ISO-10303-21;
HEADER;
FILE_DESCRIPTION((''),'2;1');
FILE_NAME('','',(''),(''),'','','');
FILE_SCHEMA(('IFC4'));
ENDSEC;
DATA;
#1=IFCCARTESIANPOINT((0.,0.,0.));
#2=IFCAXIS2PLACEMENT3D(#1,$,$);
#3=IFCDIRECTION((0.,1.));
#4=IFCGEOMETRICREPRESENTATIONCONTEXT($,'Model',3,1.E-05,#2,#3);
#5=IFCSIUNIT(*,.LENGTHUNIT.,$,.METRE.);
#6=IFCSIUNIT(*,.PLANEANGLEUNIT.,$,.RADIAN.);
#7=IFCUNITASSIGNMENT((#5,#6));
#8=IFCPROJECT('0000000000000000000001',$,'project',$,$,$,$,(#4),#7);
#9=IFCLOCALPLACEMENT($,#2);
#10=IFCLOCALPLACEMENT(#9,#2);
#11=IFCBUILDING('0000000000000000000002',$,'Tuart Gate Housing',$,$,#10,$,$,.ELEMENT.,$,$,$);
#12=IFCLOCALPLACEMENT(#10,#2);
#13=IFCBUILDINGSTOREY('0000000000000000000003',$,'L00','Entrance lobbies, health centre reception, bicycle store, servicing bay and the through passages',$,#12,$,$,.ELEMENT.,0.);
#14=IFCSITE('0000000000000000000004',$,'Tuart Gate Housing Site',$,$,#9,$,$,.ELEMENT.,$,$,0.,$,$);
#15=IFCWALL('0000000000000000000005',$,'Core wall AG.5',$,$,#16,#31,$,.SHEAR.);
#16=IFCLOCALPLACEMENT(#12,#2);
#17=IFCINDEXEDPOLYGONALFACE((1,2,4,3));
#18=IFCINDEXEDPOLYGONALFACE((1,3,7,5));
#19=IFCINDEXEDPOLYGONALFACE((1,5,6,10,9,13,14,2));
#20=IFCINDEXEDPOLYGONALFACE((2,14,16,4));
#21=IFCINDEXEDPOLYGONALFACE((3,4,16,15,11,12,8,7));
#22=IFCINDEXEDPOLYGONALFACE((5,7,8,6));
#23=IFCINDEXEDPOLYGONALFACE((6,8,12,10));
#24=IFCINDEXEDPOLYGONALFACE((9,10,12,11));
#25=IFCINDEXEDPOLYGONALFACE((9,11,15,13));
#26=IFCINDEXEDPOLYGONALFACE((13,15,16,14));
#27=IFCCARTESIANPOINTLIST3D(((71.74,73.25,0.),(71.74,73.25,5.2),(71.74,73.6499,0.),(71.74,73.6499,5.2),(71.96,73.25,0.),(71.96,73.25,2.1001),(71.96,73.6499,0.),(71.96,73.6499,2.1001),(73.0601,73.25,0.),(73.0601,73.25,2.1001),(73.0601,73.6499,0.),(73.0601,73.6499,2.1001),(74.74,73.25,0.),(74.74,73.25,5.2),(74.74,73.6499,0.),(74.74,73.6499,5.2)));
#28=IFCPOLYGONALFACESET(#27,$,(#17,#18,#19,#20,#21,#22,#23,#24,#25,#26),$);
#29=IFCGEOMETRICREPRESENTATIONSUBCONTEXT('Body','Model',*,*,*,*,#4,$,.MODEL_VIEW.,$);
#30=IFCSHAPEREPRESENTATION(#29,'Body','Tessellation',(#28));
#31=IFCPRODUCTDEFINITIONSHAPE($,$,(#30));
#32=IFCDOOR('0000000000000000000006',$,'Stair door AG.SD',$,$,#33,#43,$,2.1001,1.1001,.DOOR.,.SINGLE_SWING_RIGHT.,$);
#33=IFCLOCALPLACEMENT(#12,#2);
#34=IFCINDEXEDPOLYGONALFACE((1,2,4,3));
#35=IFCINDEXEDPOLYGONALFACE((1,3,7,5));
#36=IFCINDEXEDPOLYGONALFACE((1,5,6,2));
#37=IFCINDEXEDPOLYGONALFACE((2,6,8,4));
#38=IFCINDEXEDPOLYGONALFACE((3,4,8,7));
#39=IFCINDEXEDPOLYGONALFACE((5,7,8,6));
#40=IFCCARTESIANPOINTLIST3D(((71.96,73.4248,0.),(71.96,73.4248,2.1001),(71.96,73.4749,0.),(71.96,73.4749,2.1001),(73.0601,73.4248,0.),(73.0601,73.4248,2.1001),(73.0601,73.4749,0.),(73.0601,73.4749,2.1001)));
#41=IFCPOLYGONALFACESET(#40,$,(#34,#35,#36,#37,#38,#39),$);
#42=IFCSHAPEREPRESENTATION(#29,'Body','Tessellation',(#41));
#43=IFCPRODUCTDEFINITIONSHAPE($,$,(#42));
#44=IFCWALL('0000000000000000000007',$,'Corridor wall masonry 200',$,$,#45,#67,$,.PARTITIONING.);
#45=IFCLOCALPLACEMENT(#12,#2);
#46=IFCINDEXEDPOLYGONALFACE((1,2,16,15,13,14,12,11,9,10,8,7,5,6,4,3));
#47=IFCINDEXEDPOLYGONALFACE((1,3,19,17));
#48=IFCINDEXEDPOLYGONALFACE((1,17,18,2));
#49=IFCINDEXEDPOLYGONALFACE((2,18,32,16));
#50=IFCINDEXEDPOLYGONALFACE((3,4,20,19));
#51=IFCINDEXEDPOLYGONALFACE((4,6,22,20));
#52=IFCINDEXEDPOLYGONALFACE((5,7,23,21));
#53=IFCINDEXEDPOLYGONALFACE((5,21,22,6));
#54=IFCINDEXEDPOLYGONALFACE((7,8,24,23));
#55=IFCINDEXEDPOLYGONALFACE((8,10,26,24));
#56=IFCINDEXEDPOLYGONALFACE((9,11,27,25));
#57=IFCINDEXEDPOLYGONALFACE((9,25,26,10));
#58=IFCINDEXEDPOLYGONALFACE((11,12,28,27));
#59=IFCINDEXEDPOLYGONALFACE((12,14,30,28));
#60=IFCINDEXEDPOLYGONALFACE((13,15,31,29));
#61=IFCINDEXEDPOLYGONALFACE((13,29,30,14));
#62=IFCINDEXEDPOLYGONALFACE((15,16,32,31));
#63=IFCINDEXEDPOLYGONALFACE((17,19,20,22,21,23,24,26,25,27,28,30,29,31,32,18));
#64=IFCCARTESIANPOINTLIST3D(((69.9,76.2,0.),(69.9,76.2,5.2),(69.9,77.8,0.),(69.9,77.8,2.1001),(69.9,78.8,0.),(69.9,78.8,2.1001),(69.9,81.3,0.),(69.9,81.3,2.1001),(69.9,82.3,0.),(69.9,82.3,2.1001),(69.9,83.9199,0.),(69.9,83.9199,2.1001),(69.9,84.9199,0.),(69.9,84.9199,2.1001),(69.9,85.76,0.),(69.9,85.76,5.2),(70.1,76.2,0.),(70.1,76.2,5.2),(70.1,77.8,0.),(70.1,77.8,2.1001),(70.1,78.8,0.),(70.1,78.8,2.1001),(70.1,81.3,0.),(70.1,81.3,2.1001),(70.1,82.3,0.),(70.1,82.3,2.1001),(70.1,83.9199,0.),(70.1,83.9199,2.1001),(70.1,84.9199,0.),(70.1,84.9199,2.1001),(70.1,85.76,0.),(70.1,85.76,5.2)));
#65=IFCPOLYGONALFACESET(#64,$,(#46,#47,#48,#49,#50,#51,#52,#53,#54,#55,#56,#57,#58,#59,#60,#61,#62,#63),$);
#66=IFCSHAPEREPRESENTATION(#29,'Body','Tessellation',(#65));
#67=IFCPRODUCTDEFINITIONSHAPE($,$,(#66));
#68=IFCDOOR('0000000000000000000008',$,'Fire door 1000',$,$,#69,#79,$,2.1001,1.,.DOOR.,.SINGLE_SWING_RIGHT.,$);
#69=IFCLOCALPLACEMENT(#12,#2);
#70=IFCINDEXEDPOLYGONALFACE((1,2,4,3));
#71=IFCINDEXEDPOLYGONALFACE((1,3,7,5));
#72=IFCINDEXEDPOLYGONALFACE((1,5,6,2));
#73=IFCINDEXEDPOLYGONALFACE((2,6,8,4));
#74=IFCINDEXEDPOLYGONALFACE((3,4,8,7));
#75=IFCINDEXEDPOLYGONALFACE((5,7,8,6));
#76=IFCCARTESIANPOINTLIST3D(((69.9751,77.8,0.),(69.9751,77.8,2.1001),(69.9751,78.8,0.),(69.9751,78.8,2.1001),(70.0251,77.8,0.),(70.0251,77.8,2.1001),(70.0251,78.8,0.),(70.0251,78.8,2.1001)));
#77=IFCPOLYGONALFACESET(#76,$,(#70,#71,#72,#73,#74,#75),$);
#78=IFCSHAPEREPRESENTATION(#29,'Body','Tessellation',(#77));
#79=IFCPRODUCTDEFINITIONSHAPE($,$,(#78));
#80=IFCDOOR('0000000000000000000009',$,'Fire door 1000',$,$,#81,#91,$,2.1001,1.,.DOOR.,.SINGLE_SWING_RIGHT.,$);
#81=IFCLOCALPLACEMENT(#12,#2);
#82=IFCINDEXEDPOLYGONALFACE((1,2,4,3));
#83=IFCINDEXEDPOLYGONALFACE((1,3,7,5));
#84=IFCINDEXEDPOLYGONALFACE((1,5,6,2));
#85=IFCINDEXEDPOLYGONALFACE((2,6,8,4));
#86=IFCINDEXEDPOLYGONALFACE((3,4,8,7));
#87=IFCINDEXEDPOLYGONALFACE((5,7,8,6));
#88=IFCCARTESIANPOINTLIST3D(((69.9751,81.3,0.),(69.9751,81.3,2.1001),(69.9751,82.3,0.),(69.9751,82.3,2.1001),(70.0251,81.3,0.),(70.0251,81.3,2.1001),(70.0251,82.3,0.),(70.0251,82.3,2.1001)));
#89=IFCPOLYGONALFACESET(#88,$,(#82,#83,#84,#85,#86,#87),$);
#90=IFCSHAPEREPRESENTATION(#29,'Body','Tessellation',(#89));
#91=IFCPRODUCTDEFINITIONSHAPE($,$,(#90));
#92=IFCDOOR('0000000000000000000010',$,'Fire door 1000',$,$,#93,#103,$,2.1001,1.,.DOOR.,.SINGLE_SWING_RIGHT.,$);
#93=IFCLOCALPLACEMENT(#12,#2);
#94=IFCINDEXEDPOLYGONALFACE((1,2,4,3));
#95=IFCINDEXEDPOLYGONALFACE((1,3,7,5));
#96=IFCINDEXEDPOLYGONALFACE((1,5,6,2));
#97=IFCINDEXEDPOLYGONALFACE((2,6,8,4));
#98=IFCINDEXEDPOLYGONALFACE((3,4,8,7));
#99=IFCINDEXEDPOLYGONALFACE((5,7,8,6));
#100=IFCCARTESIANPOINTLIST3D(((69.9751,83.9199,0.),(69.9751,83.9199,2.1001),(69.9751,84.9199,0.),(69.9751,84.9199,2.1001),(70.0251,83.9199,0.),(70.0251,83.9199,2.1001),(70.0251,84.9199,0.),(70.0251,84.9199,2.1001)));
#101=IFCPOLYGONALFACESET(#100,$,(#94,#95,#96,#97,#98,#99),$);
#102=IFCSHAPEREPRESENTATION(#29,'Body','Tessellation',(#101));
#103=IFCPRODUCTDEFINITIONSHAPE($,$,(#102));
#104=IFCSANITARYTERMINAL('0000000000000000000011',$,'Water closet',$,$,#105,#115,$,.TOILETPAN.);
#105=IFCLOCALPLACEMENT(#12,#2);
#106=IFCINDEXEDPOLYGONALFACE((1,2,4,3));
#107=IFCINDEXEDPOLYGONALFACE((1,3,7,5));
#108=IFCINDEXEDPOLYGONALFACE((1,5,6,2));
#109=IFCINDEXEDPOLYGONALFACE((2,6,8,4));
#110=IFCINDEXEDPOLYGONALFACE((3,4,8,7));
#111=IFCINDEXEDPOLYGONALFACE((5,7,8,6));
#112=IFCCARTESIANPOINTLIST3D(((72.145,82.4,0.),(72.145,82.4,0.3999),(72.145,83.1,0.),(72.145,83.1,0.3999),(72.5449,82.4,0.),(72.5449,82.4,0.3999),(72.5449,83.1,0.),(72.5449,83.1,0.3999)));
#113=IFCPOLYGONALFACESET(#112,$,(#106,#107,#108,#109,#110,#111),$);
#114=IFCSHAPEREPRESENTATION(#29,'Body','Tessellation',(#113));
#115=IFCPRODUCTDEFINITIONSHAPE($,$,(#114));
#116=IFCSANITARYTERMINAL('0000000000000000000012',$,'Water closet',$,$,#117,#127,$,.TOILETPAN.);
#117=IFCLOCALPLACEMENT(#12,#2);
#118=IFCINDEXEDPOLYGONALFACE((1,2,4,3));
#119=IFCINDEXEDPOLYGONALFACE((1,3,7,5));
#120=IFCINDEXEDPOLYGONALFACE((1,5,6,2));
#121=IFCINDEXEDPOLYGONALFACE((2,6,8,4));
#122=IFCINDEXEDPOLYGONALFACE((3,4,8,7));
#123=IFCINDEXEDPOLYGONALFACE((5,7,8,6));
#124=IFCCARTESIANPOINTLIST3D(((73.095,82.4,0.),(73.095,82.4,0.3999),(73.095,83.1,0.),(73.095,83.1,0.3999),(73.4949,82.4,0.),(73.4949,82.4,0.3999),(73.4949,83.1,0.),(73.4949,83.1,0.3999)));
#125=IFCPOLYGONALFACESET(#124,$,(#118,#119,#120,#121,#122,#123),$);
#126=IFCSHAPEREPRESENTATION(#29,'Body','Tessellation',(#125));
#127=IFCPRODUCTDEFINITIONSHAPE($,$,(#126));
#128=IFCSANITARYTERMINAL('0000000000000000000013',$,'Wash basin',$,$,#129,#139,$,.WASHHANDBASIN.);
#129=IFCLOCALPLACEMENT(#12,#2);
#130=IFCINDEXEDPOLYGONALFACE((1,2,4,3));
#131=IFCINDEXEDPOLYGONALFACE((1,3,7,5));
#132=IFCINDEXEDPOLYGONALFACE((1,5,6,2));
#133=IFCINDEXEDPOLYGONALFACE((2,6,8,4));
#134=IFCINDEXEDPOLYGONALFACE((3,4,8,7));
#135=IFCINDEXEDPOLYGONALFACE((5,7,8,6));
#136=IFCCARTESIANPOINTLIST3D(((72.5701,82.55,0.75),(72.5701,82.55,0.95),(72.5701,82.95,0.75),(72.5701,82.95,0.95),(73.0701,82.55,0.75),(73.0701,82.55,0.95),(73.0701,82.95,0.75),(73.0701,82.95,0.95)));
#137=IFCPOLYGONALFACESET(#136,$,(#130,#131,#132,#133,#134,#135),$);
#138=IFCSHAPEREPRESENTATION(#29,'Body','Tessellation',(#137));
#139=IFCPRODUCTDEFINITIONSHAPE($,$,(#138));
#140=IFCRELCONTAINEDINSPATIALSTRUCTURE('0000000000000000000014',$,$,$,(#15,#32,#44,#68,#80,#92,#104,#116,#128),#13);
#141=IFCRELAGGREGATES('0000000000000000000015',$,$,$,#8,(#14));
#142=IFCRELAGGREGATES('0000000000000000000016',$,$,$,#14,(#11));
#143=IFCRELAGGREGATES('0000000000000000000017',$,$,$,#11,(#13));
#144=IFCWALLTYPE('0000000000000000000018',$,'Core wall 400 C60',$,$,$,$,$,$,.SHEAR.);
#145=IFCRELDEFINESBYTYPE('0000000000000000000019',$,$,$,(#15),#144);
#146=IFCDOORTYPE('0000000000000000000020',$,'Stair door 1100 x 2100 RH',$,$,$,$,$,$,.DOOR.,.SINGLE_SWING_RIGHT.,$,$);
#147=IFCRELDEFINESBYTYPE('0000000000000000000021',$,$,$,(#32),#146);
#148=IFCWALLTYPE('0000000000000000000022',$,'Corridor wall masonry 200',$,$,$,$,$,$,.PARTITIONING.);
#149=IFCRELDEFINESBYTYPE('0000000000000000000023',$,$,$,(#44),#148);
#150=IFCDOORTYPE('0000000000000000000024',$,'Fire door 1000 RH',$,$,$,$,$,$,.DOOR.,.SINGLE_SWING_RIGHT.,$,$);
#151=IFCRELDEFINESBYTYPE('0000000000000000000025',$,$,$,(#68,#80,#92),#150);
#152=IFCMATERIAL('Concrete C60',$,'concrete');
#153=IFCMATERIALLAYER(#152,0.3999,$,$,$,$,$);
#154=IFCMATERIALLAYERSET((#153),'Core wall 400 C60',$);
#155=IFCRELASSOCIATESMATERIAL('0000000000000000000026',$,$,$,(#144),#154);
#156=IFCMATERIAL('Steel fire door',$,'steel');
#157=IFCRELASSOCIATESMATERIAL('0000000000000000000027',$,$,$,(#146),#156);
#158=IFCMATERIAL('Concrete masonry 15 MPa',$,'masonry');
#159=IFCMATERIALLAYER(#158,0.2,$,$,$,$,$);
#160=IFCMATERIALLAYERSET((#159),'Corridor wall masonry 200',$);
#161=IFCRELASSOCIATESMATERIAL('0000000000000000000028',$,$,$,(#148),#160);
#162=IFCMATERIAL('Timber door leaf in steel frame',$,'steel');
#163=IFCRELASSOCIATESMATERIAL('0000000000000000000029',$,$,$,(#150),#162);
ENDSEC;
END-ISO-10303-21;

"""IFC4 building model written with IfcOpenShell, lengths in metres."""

from ifc_helpers import new_model, si_unit, direction, frame, frame_2d, origin, origin_2d, place, context, subcontext, project, spatial, rectangle, extrude, material, layer, layer_set, type_object, element, fill, save


model = new_model("IFC4")

# Units and contexts
model_context = context("Model", 3, precision=1e-05, world=origin(), true_north=direction((0.0, 1.0)))
body_context = subcontext(model_context, "Body", "Model", "MODEL_VIEW")
ifc_project = project(units=[si_unit("LENGTHUNIT", "METRE"), si_unit("PLANEANGLEUNIT", "RADIAN")], contexts=[model_context])

# Site, building, storey
site_placement = place(None, origin())
site = spatial("IfcSite", under=ifc_project, at=site_placement, Name="Tuart Gate Housing Site", CompositionType="ELEMENT", RefElevation=0.0)
building_placement = place(site_placement, origin())
building = spatial("IfcBuilding", under=site, at=building_placement, Name="Tuart Gate Housing", CompositionType="ELEMENT")
storey_placement = place(building_placement, origin())
storey = spatial("IfcBuildingStorey", under=building, at=storey_placement, Name="L00", Description="Entrance lobbies, health centre reception, bicycle store, servicing bay and the through passages", CompositionType="ELEMENT", Elevation=0.0)

# Wall, opening, door
ifc_material_1 = material(Name="Concrete C60", Category="concrete")
ifc_layer_1 = layer(ifc_material_1, 0.3999)
ifc_layer_set_1 = layer_set([ifc_layer_1], Name="Core wall 400 C60")
wall_type_1 = type_object("IfcWallType", Name="Core wall 400 C60", PredefinedType="SHEAR", material=ifc_layer_set_1)
wall_1_placement = place(storey_placement, frame((71.74, 73.45, 0.0), z_axis=(0.0, 0.0, 1.0), x_axis=(1.0, 0.0, 0.0)))
wall_1 = element("IfcWall", 1, at=wall_1_placement, inside=storey, type_object=wall_type_1, Name="Core wall AG.5", PredefinedType="SHEAR", context=body_context, shape_type="SweptSolid", body=[
    extrude(rectangle(XDim=3.0, YDim=0.3999, at=frame_2d((1.5, 0.0))), origin(), (0.0, 0.0, 1.0), 5.2),
])
opening_1_placement = place(wall_1_placement, frame((0.22, 0.0, 0.0)))
opening_1 = element("IfcOpeningElement", 2, at=opening_1_placement, cuts=wall_1, PredefinedType="OPENING", context=body_context, shape_type="SweptSolid", body=[
    extrude(rectangle(XDim=1.1001, YDim=2.1001, at=frame_2d((0.55, 1.05))), frame((0.0, 0.21, 0.0), z_axis=(0.0, -1.0, 0.0), x_axis=(1.0, 0.0, 0.0)), (0.0, 0.0, 1.0), 0.4199),
])
ifc_material_2 = material(Name="Steel fire door", Category="steel")
door_type_1 = type_object("IfcDoorType", Name="Stair door 1100 x 2100 RH", OperationType="SINGLE_SWING_RIGHT", PredefinedType="DOOR", material=ifc_material_2)
door_1_placement = place(opening_1_placement, frame((1.1001, 0.0, 0.0), z_axis=(0.0, 0.0, 1.0), x_axis=(-1.0, 0.0, 0.0)))
door_1 = element("IfcDoor", 3, at=door_1_placement, inside=storey, type_object=door_type_1, Name="Stair door AG.SD", OperationType="SINGLE_SWING_RIGHT", OverallHeight=2.1001, OverallWidth=1.1001, PredefinedType="DOOR", context=body_context, shape_type="SweptSolid", body=[
    extrude(rectangle(XDim=1.1001, YDim=2.1001, at=frame_2d((0.55, 1.05))), frame((0.0, 0.0251, 0.0), z_axis=(0.0, -1.0, 0.0), x_axis=(1.0, 0.0, 0.0)), (0.0, 0.0, 1.0), 0.05),
])
fill(opening_1, door_1)

# Wall, openings, doors
ifc_material_3 = material(Name="Concrete masonry 15 MPa", Category="masonry")
ifc_layer_2 = layer(ifc_material_3, 0.2)
ifc_layer_set_2 = layer_set([ifc_layer_2], Name="Corridor wall masonry 200")
wall_type_2 = type_object("IfcWallType", Name="Corridor wall masonry 200", PredefinedType="PARTITIONING", material=ifc_layer_set_2)
wall_2_placement = place(storey_placement, frame((70.0, 76.2, 0.0), z_axis=(0.0, 0.0, 1.0), x_axis=(0.0, 1.0, 0.0)))
wall_2 = element("IfcWall", 4, at=wall_2_placement, inside=storey, type_object=wall_type_2, Name="Corridor wall masonry 200", PredefinedType="PARTITIONING", context=body_context, shape_type="SweptSolid", body=[
    extrude(rectangle(XDim=9.5601, YDim=0.2, at=frame_2d((4.78, 0.0))), origin(), (0.0, 0.0, 1.0), 5.2),
])
opening_2_placement = place(wall_2_placement, frame((1.6001, 0.0, 0.0)))
opening_2 = element("IfcOpeningElement", 5, at=opening_2_placement, cuts=wall_2, PredefinedType="OPENING", context=body_context, shape_type="SweptSolid", body=[
    extrude(rectangle(XDim=1.0, YDim=2.1001, at=frame_2d((0.5, 1.05))), frame((0.0, 0.1099, 0.0), z_axis=(0.0, -1.0, 0.0), x_axis=(1.0, 0.0, 0.0)), (0.0, 0.0, 1.0), 0.22),
])
opening_3_placement = place(wall_2_placement, frame((5.1001, 0.0, 0.0)))
opening_3 = element("IfcOpeningElement", 6, at=opening_3_placement, cuts=wall_2, PredefinedType="OPENING", context=body_context, shape_type="SweptSolid", body=[
    extrude(rectangle(XDim=1.0, YDim=2.1001, at=frame_2d((0.5, 1.05))), frame((0.0, 0.1099, 0.0), z_axis=(0.0, -1.0, 0.0), x_axis=(1.0, 0.0, 0.0)), (0.0, 0.0, 1.0), 0.22),
])
opening_4_placement = place(wall_2_placement, frame((7.72, 0.0, 0.0)))
opening_4 = element("IfcOpeningElement", 7, at=opening_4_placement, cuts=wall_2, PredefinedType="OPENING", context=body_context, shape_type="SweptSolid", body=[
    extrude(rectangle(XDim=1.0, YDim=2.1001, at=frame_2d((0.5, 1.05))), frame((0.0, 0.1099, 0.0), z_axis=(0.0, -1.0, 0.0), x_axis=(1.0, 0.0, 0.0)), (0.0, 0.0, 1.0), 0.22),
])
ifc_material_4 = material(Name="Timber door leaf in steel frame", Category="steel")
door_type_2 = type_object("IfcDoorType", Name="Fire door 1000 RH", OperationType="SINGLE_SWING_RIGHT", PredefinedType="DOOR", material=ifc_material_4)
door_2_placement = place(opening_2_placement, frame((1.0, 0.0, 0.0), z_axis=(0.0, 0.0, 1.0), x_axis=(-1.0, 0.0, 0.0)))
door_2 = element("IfcDoor", 8, at=door_2_placement, inside=storey, type_object=door_type_2, Name="Fire door 1000", OperationType="SINGLE_SWING_RIGHT", OverallHeight=2.1001, OverallWidth=1.0, PredefinedType="DOOR", context=body_context, shape_type="SweptSolid", body=[
    extrude(rectangle(XDim=1.0, YDim=2.1001, at=frame_2d((0.5, 1.05))), frame((0.0, 0.0251, 0.0), z_axis=(0.0, -1.0, 0.0), x_axis=(1.0, 0.0, 0.0)), (0.0, 0.0, 1.0), 0.05),
])
fill(opening_2, door_2)
door_3_placement = place(opening_3_placement, frame((1.0, 0.0, 0.0), z_axis=(0.0, 0.0, 1.0), x_axis=(-1.0, 0.0, 0.0)))
door_3 = element("IfcDoor", 9, at=door_3_placement, inside=storey, type_object=door_type_2, Name="Fire door 1000", OperationType="SINGLE_SWING_RIGHT", OverallHeight=2.1001, OverallWidth=1.0, PredefinedType="DOOR", context=body_context, shape_type="SweptSolid", body=[
    extrude(rectangle(XDim=1.0, YDim=2.1001, at=frame_2d((0.5, 1.05))), frame((0.0, 0.0251, 0.0), z_axis=(0.0, -1.0, 0.0), x_axis=(1.0, 0.0, 0.0)), (0.0, 0.0, 1.0), 0.05),
])
fill(opening_3, door_3)
door_4_placement = place(opening_4_placement, frame((1.0, 0.0, 0.0), z_axis=(0.0, 0.0, 1.0), x_axis=(-1.0, 0.0, 0.0)))
door_4 = element("IfcDoor", 10, at=door_4_placement, inside=storey, type_object=door_type_2, Name="Fire door 1000", OperationType="SINGLE_SWING_RIGHT", OverallHeight=2.1001, OverallWidth=1.0, PredefinedType="DOOR", context=body_context, shape_type="SweptSolid", body=[
    extrude(rectangle(XDim=1.0, YDim=2.1001, at=frame_2d((0.5, 1.05))), frame((0.0, 0.0251, 0.0), z_axis=(0.0, -1.0, 0.0), x_axis=(1.0, 0.0, 0.0)), (0.0, 0.0, 1.0), 0.05),
])
fill(opening_4, door_4)

# Sanitary terminals
for number, where, z_axis, x_axis, name in (
    (11, (72.345, 82.75, 0.0), (0.0, 0.0, 1.0), (1.0, 0.0, 0.0), "Water closet"),
    (12, (73.2949, 82.75, 0.0), (0.0, 0.0, 1.0), (1.0, 0.0, 0.0), "Water closet"),
):
    element("IfcSanitaryTerminal", number, at=place(storey_placement, frame(where, z_axis=z_axis, x_axis=x_axis)), inside=storey, Name=name, PredefinedType="TOILETPAN", context=body_context, shape_type="SweptSolid", body=[
        extrude(rectangle(XDim=0.3999, YDim=0.7, at=origin_2d()), origin(), (0.0, 0.0, 1.0), 0.3999),
    ])
sanitary_terminal_placement = place(storey_placement, frame((72.8201, 82.75, 0.75), z_axis=(0.0, 0.0, 1.0), x_axis=(1.0, 0.0, 0.0)))
element("IfcSanitaryTerminal", 13, at=sanitary_terminal_placement, inside=storey, Name="Wash basin", PredefinedType="WASHHANDBASIN", context=body_context, shape_type="SweptSolid", body=[
    extrude(rectangle(XDim=0.5, YDim=0.3999, at=origin_2d()), origin(), (0.0, 0.0, 1.0), 0.2),
])

save(model, "model.ifc")
